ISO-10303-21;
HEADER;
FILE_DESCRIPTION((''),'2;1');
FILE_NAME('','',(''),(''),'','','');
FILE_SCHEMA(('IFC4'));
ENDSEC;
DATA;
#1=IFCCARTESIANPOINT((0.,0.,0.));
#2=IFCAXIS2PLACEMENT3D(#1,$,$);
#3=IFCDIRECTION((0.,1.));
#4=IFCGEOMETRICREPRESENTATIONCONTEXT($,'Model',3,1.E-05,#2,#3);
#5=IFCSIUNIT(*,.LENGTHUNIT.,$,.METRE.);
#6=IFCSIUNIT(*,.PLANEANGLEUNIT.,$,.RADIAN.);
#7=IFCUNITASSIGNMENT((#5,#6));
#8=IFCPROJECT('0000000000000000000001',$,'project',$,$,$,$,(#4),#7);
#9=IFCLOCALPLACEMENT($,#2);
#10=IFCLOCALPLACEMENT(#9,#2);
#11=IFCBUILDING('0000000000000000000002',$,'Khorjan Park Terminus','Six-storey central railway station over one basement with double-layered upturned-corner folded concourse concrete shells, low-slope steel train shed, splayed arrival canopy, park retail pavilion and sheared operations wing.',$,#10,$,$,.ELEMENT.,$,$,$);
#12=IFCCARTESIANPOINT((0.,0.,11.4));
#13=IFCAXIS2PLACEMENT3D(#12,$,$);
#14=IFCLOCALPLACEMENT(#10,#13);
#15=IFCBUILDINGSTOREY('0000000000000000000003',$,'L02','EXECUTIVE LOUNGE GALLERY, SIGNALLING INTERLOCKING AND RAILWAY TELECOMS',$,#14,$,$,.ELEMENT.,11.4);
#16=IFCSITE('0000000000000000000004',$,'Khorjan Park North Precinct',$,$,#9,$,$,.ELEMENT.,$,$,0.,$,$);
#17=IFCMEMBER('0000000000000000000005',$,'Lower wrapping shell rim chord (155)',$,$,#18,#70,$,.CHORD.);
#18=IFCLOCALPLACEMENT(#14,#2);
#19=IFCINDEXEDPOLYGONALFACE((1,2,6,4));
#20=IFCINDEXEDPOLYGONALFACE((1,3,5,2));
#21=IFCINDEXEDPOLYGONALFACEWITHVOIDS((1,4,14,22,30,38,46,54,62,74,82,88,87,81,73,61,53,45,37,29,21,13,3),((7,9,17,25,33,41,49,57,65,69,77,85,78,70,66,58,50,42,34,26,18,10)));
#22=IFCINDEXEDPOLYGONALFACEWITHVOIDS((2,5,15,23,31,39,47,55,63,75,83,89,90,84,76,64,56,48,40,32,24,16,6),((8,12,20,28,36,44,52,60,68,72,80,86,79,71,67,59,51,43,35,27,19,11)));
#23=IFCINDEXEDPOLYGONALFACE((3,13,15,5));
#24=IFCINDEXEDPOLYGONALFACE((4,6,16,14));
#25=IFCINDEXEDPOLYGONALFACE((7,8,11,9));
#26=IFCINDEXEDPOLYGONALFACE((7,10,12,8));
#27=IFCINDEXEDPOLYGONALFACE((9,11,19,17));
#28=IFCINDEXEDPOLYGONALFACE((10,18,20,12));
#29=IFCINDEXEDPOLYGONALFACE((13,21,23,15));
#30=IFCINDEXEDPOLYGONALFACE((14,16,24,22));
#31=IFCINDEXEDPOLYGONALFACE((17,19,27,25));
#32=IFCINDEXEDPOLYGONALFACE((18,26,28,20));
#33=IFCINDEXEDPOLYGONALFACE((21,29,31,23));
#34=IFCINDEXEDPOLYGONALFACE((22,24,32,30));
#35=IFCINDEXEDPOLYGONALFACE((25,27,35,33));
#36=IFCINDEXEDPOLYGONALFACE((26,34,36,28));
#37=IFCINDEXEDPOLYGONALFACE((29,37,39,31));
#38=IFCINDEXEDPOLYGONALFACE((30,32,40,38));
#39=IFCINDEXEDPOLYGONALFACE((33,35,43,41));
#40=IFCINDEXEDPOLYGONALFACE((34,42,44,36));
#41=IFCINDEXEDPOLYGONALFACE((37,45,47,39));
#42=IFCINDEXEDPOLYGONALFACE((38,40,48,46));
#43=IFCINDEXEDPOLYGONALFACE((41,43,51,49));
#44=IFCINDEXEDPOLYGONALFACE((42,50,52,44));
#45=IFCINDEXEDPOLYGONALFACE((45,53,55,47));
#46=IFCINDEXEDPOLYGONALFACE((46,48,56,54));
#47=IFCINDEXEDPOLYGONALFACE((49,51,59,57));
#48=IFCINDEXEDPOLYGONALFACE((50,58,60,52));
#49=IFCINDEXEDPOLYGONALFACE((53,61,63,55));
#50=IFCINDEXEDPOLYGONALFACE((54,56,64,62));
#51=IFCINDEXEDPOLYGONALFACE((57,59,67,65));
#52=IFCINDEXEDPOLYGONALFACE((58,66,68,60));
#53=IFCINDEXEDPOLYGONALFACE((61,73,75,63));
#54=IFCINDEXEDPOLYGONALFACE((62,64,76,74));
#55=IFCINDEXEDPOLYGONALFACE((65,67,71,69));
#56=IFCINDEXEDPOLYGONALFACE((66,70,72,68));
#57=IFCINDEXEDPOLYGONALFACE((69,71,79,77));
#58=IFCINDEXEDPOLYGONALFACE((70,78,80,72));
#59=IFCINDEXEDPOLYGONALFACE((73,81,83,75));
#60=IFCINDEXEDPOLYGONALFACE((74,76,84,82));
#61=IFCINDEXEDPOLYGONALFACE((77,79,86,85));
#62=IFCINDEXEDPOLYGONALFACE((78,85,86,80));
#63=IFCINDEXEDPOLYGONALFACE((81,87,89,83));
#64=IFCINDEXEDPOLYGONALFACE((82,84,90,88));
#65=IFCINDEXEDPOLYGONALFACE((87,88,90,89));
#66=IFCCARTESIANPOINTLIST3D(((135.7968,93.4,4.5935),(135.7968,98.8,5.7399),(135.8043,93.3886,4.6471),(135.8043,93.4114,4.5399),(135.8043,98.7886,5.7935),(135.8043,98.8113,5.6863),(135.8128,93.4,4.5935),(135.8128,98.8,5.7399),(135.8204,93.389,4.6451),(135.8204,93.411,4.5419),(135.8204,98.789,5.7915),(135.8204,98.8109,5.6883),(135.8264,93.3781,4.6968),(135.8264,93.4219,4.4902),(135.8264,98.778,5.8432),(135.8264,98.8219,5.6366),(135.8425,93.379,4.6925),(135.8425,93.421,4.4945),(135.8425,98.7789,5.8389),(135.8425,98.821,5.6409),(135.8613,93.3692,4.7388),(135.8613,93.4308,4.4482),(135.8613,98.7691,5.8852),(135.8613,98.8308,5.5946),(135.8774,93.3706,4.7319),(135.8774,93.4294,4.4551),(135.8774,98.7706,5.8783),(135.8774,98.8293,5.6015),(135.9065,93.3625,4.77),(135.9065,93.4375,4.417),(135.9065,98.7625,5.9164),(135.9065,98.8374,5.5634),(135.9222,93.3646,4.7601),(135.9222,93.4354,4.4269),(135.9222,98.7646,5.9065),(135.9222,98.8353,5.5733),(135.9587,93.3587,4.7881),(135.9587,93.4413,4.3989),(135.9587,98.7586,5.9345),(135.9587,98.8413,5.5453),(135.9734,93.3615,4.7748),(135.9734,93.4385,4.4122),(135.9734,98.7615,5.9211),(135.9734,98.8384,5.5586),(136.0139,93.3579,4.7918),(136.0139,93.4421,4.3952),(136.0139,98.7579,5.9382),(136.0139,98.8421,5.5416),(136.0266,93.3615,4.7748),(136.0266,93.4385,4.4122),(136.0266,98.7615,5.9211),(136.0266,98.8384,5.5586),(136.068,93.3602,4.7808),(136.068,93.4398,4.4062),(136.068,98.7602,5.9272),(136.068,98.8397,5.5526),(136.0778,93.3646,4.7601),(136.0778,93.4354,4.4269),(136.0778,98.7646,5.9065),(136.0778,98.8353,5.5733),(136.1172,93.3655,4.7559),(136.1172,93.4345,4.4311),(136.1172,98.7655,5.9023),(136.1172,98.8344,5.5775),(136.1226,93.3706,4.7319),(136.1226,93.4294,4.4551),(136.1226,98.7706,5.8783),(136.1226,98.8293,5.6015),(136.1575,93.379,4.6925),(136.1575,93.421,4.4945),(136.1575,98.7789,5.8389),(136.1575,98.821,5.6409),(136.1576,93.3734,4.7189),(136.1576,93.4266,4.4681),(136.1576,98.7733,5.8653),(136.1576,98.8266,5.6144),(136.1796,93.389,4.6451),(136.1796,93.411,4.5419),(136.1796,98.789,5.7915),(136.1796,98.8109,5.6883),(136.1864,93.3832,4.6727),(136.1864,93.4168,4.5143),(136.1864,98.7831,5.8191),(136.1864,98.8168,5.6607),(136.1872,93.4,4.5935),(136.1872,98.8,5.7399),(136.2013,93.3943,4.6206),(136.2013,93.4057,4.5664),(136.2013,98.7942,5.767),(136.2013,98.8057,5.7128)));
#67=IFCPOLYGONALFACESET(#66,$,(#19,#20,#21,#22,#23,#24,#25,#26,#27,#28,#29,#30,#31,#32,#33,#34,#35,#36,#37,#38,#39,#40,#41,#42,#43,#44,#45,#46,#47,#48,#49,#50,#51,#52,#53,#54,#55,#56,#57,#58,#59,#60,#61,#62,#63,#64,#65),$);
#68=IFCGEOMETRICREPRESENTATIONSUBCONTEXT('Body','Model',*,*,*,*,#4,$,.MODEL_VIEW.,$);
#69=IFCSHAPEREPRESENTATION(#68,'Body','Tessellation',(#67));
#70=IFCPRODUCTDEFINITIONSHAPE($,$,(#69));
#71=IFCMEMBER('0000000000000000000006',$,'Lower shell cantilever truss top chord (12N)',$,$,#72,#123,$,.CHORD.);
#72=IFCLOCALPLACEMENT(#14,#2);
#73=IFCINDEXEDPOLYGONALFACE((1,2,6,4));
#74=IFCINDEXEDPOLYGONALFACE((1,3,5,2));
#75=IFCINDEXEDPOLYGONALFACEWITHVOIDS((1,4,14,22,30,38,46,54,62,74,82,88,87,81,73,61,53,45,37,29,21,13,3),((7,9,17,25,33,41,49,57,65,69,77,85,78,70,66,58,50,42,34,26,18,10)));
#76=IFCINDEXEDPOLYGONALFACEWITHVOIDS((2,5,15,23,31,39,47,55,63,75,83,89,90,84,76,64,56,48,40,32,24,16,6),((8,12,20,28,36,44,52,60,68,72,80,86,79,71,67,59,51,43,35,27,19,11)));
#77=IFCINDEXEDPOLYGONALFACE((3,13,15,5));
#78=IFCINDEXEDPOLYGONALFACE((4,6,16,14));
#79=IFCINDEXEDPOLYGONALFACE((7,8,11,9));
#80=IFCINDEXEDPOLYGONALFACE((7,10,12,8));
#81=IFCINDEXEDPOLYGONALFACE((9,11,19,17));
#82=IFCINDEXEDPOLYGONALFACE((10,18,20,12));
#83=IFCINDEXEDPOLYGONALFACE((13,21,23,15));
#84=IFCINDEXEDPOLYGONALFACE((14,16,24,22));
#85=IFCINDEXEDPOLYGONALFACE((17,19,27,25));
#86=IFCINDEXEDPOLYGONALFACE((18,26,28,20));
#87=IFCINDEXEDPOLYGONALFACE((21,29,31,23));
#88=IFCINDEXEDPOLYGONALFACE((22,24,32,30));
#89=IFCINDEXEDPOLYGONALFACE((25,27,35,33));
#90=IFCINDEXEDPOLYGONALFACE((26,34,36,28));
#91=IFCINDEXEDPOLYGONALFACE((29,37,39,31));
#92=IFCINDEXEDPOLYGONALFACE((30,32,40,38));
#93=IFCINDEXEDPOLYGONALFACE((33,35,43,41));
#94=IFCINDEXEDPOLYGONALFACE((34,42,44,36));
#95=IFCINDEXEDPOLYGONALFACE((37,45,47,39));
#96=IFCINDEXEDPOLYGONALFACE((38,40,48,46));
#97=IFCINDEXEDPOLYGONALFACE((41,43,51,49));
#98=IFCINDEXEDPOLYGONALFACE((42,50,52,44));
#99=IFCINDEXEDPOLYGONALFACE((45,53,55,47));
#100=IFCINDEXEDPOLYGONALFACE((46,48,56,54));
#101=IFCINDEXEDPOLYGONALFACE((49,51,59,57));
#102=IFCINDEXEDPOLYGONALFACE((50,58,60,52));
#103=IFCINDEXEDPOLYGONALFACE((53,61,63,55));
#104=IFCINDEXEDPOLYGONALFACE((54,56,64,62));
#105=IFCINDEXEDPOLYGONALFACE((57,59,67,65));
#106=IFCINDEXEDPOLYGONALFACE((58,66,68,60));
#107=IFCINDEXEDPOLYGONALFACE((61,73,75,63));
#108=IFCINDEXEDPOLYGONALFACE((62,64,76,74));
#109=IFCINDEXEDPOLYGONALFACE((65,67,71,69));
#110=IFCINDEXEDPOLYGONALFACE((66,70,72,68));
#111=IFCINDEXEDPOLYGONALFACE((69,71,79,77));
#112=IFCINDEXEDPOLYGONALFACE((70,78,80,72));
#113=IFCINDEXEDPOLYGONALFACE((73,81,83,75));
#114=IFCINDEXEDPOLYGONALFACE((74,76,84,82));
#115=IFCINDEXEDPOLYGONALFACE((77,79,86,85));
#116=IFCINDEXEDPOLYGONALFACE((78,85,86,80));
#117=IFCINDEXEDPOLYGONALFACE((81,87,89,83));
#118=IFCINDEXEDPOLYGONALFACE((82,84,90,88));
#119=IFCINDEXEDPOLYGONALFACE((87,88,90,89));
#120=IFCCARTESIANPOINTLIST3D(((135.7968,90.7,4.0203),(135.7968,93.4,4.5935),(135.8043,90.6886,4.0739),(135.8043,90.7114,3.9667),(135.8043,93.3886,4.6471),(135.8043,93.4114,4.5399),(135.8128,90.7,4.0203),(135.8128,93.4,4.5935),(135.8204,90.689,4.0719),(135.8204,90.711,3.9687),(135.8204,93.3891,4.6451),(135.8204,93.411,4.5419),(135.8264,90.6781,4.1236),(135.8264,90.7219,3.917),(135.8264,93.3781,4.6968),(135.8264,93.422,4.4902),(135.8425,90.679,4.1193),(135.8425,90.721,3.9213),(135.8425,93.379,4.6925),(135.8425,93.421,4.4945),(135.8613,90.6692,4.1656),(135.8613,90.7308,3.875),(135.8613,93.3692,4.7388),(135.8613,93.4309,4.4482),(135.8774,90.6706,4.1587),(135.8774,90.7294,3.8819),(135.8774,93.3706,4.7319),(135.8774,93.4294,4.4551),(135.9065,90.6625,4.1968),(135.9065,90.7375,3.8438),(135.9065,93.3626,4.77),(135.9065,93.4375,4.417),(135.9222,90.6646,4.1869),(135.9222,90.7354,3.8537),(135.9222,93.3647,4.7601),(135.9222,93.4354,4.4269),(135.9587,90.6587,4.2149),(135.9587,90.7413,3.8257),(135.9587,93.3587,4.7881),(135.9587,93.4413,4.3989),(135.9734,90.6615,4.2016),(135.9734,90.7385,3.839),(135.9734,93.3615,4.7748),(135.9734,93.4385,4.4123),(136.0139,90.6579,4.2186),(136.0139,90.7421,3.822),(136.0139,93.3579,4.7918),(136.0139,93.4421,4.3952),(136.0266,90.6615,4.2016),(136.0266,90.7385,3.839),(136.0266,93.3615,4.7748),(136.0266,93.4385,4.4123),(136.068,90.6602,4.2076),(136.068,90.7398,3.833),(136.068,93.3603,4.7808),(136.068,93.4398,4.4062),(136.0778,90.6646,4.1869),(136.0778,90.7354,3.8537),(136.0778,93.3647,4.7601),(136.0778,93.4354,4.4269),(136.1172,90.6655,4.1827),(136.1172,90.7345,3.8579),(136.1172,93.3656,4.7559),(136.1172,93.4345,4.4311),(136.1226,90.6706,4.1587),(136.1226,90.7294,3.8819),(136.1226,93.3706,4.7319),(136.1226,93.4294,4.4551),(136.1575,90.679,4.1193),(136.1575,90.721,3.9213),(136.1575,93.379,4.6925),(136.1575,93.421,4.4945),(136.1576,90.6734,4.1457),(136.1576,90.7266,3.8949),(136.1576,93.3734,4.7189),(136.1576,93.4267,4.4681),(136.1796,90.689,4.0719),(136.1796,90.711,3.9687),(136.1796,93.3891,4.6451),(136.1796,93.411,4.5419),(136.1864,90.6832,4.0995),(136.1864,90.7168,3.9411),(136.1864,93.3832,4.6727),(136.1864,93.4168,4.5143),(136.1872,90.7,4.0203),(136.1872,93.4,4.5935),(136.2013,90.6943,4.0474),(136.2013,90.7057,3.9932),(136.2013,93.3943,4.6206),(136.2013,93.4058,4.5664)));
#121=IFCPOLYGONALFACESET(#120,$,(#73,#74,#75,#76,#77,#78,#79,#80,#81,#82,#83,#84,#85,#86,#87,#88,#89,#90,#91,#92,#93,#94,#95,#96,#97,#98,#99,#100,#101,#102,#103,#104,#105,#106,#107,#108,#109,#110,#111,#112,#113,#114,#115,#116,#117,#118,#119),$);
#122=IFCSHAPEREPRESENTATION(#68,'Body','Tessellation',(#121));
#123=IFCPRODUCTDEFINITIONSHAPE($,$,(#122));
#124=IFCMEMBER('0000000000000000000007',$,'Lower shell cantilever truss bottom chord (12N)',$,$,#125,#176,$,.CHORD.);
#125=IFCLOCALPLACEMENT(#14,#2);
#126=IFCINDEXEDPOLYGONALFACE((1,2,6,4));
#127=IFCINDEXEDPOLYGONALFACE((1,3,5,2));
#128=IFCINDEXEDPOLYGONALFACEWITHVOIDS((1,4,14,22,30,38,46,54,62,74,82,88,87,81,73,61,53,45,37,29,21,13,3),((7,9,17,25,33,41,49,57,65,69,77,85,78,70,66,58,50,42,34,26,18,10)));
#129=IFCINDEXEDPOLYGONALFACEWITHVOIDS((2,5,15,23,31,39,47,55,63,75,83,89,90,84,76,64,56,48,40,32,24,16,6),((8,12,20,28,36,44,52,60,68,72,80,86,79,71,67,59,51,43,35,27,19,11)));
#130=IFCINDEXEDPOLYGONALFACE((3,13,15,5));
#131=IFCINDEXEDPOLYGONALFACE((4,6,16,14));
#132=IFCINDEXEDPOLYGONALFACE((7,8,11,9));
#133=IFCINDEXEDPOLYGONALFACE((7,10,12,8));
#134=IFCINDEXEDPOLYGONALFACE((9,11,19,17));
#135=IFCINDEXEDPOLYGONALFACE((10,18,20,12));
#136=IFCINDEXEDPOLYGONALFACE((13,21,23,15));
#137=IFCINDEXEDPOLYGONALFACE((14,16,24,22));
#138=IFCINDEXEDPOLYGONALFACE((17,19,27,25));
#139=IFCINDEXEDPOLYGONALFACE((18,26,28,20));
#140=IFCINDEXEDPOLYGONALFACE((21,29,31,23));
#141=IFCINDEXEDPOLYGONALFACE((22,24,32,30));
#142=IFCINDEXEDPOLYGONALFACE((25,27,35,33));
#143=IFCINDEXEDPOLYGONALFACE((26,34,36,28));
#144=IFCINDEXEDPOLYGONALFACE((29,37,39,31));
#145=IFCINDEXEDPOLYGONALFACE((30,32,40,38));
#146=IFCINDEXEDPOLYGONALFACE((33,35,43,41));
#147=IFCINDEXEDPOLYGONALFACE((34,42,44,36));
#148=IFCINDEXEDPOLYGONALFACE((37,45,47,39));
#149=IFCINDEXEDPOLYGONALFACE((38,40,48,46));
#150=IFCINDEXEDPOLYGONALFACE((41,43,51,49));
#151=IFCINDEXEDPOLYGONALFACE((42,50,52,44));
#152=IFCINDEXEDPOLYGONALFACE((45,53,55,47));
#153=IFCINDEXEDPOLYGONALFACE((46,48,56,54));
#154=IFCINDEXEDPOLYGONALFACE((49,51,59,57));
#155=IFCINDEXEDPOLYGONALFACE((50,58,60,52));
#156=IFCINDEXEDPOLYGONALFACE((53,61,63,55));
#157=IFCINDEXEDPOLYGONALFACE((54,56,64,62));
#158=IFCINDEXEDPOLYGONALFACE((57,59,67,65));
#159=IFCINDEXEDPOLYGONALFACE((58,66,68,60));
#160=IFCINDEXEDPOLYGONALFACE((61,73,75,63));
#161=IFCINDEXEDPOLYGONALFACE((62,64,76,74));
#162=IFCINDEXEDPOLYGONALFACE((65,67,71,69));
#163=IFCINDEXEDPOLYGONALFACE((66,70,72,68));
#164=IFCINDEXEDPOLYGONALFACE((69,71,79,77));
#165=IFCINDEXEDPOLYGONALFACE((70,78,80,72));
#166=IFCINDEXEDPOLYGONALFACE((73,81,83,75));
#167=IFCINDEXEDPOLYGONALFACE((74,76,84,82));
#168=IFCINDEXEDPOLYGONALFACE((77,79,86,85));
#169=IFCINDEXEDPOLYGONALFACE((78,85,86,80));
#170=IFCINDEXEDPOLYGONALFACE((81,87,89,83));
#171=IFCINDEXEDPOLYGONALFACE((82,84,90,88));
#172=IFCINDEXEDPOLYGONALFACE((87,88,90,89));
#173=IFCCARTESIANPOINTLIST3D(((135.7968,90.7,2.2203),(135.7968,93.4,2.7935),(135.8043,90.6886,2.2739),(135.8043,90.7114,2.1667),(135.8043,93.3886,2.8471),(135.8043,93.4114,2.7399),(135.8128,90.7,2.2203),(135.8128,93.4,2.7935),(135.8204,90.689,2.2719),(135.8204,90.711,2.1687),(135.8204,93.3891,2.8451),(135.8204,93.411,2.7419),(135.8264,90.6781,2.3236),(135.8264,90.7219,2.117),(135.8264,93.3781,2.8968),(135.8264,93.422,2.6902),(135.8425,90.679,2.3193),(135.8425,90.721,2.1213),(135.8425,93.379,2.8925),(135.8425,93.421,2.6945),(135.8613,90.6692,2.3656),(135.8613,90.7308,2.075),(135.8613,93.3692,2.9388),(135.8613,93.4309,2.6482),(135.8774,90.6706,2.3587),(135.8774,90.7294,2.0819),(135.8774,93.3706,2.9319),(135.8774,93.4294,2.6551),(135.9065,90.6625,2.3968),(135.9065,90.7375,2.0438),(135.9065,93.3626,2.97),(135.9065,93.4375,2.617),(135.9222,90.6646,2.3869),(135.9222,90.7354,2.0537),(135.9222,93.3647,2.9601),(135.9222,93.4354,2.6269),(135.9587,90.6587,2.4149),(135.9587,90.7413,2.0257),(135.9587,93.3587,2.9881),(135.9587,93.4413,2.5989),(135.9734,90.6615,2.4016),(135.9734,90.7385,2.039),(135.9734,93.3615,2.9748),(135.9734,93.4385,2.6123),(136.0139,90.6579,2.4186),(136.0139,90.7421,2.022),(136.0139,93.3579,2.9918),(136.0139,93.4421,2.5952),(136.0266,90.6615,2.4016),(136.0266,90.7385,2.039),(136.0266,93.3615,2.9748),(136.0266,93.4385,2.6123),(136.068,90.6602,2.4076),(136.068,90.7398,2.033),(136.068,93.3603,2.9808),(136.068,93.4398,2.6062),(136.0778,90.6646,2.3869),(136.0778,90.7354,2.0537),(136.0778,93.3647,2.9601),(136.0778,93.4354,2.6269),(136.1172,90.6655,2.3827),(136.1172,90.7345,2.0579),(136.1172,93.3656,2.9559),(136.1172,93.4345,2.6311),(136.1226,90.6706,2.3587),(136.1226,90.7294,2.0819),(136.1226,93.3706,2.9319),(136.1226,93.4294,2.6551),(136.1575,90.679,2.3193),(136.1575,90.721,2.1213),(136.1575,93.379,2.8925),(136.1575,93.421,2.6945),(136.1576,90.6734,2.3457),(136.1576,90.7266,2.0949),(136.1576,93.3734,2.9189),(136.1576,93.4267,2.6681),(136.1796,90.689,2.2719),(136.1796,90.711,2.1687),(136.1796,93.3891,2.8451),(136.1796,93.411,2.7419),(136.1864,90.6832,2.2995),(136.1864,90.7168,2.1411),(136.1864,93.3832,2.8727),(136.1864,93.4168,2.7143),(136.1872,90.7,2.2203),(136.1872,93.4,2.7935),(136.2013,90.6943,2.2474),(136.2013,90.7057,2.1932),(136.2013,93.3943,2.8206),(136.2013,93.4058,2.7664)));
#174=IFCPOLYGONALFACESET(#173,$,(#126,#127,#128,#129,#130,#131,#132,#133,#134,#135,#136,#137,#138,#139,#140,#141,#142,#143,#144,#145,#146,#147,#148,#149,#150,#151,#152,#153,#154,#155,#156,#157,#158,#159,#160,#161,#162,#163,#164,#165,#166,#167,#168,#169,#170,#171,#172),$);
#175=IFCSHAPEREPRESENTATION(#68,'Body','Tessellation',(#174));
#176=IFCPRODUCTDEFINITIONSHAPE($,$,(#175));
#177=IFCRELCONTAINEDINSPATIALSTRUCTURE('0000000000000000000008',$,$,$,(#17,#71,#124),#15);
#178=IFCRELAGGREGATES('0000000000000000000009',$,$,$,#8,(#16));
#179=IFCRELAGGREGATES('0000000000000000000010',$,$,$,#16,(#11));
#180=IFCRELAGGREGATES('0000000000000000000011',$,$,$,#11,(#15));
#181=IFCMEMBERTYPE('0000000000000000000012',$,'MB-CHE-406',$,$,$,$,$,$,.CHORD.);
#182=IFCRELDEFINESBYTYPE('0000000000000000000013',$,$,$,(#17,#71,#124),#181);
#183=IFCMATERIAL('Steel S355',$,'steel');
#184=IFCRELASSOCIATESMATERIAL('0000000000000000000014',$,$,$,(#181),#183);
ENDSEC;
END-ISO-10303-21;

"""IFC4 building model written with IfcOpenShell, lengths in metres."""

from ifc_helpers import new_model, si_unit, direction, frame, origin, origin_2d, place, context, subcontext, project, spatial, hollow_circle, extrude, material, material_profile, profile_set, type_object, element, save


model = new_model("IFC4")

# Units and contexts
model_context = context("Model", 3, precision=1e-05, world=origin(), true_north=direction((0.0, 1.0)))
body_context = subcontext(model_context, "Body", "Model", "MODEL_VIEW")
ifc_project = project(units=[si_unit("LENGTHUNIT", "METRE"), si_unit("PLANEANGLEUNIT", "RADIAN")], contexts=[model_context])

# Site, building, storey
site_placement = place(None, origin())
site = spatial("IfcSite", under=ifc_project, at=site_placement, Name="Khorjan Park North Precinct", CompositionType="ELEMENT", RefElevation=0.0)
building_placement = place(site_placement, origin())
building = spatial("IfcBuilding", under=site, at=building_placement, Name="Khorjan Park Terminus", Description="Six-storey central railway station over one basement with double-layered upturned-corner folded concourse concrete shells, low-slope steel train shed, splayed arrival canopy, park retail pavilion and sheared operations wing.", CompositionType="ELEMENT")
storey_placement = place(building_placement, frame((0.0, 0.0, 11.4)))
storey = spatial("IfcBuildingStorey", under=building, at=storey_placement, Name="L02", Description="EXECUTIVE LOUNGE GALLERY, SIGNALLING INTERLOCKING AND RAILWAY TELECOMS", CompositionType="ELEMENT", Elevation=11.4)

# Shared definitions
ifc_material_1 = material(Name="Steel S355", Category="steel")

# Members
ifc_material_profile_1 = material_profile(ifc_material_1, hollow_circle(Radius=0.2032, WallThickness=0.016, at=origin_2d()), Name="CHS 406.4x16")
ifc_profile_set_1 = profile_set([ifc_material_profile_1], Name="Steel S355")
member_type_1 = type_object("IfcMemberType", Name="MB-CHE-406", PredefinedType="CHORD", material=ifc_profile_set_1)
member_1_placement = place(storey_placement, frame((136.0, 93.4, 4.5935), z_axis=(0.0, 0.978199, 0.207668), x_axis=(-1.0, 0.0, 0.0)))
element("IfcMember", 1, at=member_1_placement, inside=storey, type_object=member_type_1, Name="Lower wrapping shell rim chord (155)", PredefinedType="CHORD", context=body_context, shape_type="SweptSolid", body=[
    extrude(hollow_circle(Radius=0.2032, WallThickness=0.016, at=origin_2d()), origin(), (0.0, 0.0, 1.0), 5.5203),
])
for number, where, z_axis, x_axis, name in (
    (2, (136.0, 90.7, 4.0203), (0.0, 0.978199, 0.207668), (-1.0, 0.0, 0.0), "Lower shell cantilever truss top chord (12N)"),
    (3, (136.0, 90.7, 2.2203), (0.0, 0.978199, 0.207668), (-1.0, 0.0, 0.0), "Lower shell cantilever truss bottom chord (12N)"),
):
    element("IfcMember", number, at=place(storey_placement, frame(where, z_axis=z_axis, x_axis=x_axis)), inside=storey, type_object=member_type_1, Name=name, PredefinedType="CHORD", context=body_context, shape_type="SweptSolid", body=[
        extrude(hollow_circle(Radius=0.2032, WallThickness=0.016, at=origin_2d()), origin(), (0.0, 0.0, 1.0), 2.7602),
    ])

save(model, "model.ifc")
